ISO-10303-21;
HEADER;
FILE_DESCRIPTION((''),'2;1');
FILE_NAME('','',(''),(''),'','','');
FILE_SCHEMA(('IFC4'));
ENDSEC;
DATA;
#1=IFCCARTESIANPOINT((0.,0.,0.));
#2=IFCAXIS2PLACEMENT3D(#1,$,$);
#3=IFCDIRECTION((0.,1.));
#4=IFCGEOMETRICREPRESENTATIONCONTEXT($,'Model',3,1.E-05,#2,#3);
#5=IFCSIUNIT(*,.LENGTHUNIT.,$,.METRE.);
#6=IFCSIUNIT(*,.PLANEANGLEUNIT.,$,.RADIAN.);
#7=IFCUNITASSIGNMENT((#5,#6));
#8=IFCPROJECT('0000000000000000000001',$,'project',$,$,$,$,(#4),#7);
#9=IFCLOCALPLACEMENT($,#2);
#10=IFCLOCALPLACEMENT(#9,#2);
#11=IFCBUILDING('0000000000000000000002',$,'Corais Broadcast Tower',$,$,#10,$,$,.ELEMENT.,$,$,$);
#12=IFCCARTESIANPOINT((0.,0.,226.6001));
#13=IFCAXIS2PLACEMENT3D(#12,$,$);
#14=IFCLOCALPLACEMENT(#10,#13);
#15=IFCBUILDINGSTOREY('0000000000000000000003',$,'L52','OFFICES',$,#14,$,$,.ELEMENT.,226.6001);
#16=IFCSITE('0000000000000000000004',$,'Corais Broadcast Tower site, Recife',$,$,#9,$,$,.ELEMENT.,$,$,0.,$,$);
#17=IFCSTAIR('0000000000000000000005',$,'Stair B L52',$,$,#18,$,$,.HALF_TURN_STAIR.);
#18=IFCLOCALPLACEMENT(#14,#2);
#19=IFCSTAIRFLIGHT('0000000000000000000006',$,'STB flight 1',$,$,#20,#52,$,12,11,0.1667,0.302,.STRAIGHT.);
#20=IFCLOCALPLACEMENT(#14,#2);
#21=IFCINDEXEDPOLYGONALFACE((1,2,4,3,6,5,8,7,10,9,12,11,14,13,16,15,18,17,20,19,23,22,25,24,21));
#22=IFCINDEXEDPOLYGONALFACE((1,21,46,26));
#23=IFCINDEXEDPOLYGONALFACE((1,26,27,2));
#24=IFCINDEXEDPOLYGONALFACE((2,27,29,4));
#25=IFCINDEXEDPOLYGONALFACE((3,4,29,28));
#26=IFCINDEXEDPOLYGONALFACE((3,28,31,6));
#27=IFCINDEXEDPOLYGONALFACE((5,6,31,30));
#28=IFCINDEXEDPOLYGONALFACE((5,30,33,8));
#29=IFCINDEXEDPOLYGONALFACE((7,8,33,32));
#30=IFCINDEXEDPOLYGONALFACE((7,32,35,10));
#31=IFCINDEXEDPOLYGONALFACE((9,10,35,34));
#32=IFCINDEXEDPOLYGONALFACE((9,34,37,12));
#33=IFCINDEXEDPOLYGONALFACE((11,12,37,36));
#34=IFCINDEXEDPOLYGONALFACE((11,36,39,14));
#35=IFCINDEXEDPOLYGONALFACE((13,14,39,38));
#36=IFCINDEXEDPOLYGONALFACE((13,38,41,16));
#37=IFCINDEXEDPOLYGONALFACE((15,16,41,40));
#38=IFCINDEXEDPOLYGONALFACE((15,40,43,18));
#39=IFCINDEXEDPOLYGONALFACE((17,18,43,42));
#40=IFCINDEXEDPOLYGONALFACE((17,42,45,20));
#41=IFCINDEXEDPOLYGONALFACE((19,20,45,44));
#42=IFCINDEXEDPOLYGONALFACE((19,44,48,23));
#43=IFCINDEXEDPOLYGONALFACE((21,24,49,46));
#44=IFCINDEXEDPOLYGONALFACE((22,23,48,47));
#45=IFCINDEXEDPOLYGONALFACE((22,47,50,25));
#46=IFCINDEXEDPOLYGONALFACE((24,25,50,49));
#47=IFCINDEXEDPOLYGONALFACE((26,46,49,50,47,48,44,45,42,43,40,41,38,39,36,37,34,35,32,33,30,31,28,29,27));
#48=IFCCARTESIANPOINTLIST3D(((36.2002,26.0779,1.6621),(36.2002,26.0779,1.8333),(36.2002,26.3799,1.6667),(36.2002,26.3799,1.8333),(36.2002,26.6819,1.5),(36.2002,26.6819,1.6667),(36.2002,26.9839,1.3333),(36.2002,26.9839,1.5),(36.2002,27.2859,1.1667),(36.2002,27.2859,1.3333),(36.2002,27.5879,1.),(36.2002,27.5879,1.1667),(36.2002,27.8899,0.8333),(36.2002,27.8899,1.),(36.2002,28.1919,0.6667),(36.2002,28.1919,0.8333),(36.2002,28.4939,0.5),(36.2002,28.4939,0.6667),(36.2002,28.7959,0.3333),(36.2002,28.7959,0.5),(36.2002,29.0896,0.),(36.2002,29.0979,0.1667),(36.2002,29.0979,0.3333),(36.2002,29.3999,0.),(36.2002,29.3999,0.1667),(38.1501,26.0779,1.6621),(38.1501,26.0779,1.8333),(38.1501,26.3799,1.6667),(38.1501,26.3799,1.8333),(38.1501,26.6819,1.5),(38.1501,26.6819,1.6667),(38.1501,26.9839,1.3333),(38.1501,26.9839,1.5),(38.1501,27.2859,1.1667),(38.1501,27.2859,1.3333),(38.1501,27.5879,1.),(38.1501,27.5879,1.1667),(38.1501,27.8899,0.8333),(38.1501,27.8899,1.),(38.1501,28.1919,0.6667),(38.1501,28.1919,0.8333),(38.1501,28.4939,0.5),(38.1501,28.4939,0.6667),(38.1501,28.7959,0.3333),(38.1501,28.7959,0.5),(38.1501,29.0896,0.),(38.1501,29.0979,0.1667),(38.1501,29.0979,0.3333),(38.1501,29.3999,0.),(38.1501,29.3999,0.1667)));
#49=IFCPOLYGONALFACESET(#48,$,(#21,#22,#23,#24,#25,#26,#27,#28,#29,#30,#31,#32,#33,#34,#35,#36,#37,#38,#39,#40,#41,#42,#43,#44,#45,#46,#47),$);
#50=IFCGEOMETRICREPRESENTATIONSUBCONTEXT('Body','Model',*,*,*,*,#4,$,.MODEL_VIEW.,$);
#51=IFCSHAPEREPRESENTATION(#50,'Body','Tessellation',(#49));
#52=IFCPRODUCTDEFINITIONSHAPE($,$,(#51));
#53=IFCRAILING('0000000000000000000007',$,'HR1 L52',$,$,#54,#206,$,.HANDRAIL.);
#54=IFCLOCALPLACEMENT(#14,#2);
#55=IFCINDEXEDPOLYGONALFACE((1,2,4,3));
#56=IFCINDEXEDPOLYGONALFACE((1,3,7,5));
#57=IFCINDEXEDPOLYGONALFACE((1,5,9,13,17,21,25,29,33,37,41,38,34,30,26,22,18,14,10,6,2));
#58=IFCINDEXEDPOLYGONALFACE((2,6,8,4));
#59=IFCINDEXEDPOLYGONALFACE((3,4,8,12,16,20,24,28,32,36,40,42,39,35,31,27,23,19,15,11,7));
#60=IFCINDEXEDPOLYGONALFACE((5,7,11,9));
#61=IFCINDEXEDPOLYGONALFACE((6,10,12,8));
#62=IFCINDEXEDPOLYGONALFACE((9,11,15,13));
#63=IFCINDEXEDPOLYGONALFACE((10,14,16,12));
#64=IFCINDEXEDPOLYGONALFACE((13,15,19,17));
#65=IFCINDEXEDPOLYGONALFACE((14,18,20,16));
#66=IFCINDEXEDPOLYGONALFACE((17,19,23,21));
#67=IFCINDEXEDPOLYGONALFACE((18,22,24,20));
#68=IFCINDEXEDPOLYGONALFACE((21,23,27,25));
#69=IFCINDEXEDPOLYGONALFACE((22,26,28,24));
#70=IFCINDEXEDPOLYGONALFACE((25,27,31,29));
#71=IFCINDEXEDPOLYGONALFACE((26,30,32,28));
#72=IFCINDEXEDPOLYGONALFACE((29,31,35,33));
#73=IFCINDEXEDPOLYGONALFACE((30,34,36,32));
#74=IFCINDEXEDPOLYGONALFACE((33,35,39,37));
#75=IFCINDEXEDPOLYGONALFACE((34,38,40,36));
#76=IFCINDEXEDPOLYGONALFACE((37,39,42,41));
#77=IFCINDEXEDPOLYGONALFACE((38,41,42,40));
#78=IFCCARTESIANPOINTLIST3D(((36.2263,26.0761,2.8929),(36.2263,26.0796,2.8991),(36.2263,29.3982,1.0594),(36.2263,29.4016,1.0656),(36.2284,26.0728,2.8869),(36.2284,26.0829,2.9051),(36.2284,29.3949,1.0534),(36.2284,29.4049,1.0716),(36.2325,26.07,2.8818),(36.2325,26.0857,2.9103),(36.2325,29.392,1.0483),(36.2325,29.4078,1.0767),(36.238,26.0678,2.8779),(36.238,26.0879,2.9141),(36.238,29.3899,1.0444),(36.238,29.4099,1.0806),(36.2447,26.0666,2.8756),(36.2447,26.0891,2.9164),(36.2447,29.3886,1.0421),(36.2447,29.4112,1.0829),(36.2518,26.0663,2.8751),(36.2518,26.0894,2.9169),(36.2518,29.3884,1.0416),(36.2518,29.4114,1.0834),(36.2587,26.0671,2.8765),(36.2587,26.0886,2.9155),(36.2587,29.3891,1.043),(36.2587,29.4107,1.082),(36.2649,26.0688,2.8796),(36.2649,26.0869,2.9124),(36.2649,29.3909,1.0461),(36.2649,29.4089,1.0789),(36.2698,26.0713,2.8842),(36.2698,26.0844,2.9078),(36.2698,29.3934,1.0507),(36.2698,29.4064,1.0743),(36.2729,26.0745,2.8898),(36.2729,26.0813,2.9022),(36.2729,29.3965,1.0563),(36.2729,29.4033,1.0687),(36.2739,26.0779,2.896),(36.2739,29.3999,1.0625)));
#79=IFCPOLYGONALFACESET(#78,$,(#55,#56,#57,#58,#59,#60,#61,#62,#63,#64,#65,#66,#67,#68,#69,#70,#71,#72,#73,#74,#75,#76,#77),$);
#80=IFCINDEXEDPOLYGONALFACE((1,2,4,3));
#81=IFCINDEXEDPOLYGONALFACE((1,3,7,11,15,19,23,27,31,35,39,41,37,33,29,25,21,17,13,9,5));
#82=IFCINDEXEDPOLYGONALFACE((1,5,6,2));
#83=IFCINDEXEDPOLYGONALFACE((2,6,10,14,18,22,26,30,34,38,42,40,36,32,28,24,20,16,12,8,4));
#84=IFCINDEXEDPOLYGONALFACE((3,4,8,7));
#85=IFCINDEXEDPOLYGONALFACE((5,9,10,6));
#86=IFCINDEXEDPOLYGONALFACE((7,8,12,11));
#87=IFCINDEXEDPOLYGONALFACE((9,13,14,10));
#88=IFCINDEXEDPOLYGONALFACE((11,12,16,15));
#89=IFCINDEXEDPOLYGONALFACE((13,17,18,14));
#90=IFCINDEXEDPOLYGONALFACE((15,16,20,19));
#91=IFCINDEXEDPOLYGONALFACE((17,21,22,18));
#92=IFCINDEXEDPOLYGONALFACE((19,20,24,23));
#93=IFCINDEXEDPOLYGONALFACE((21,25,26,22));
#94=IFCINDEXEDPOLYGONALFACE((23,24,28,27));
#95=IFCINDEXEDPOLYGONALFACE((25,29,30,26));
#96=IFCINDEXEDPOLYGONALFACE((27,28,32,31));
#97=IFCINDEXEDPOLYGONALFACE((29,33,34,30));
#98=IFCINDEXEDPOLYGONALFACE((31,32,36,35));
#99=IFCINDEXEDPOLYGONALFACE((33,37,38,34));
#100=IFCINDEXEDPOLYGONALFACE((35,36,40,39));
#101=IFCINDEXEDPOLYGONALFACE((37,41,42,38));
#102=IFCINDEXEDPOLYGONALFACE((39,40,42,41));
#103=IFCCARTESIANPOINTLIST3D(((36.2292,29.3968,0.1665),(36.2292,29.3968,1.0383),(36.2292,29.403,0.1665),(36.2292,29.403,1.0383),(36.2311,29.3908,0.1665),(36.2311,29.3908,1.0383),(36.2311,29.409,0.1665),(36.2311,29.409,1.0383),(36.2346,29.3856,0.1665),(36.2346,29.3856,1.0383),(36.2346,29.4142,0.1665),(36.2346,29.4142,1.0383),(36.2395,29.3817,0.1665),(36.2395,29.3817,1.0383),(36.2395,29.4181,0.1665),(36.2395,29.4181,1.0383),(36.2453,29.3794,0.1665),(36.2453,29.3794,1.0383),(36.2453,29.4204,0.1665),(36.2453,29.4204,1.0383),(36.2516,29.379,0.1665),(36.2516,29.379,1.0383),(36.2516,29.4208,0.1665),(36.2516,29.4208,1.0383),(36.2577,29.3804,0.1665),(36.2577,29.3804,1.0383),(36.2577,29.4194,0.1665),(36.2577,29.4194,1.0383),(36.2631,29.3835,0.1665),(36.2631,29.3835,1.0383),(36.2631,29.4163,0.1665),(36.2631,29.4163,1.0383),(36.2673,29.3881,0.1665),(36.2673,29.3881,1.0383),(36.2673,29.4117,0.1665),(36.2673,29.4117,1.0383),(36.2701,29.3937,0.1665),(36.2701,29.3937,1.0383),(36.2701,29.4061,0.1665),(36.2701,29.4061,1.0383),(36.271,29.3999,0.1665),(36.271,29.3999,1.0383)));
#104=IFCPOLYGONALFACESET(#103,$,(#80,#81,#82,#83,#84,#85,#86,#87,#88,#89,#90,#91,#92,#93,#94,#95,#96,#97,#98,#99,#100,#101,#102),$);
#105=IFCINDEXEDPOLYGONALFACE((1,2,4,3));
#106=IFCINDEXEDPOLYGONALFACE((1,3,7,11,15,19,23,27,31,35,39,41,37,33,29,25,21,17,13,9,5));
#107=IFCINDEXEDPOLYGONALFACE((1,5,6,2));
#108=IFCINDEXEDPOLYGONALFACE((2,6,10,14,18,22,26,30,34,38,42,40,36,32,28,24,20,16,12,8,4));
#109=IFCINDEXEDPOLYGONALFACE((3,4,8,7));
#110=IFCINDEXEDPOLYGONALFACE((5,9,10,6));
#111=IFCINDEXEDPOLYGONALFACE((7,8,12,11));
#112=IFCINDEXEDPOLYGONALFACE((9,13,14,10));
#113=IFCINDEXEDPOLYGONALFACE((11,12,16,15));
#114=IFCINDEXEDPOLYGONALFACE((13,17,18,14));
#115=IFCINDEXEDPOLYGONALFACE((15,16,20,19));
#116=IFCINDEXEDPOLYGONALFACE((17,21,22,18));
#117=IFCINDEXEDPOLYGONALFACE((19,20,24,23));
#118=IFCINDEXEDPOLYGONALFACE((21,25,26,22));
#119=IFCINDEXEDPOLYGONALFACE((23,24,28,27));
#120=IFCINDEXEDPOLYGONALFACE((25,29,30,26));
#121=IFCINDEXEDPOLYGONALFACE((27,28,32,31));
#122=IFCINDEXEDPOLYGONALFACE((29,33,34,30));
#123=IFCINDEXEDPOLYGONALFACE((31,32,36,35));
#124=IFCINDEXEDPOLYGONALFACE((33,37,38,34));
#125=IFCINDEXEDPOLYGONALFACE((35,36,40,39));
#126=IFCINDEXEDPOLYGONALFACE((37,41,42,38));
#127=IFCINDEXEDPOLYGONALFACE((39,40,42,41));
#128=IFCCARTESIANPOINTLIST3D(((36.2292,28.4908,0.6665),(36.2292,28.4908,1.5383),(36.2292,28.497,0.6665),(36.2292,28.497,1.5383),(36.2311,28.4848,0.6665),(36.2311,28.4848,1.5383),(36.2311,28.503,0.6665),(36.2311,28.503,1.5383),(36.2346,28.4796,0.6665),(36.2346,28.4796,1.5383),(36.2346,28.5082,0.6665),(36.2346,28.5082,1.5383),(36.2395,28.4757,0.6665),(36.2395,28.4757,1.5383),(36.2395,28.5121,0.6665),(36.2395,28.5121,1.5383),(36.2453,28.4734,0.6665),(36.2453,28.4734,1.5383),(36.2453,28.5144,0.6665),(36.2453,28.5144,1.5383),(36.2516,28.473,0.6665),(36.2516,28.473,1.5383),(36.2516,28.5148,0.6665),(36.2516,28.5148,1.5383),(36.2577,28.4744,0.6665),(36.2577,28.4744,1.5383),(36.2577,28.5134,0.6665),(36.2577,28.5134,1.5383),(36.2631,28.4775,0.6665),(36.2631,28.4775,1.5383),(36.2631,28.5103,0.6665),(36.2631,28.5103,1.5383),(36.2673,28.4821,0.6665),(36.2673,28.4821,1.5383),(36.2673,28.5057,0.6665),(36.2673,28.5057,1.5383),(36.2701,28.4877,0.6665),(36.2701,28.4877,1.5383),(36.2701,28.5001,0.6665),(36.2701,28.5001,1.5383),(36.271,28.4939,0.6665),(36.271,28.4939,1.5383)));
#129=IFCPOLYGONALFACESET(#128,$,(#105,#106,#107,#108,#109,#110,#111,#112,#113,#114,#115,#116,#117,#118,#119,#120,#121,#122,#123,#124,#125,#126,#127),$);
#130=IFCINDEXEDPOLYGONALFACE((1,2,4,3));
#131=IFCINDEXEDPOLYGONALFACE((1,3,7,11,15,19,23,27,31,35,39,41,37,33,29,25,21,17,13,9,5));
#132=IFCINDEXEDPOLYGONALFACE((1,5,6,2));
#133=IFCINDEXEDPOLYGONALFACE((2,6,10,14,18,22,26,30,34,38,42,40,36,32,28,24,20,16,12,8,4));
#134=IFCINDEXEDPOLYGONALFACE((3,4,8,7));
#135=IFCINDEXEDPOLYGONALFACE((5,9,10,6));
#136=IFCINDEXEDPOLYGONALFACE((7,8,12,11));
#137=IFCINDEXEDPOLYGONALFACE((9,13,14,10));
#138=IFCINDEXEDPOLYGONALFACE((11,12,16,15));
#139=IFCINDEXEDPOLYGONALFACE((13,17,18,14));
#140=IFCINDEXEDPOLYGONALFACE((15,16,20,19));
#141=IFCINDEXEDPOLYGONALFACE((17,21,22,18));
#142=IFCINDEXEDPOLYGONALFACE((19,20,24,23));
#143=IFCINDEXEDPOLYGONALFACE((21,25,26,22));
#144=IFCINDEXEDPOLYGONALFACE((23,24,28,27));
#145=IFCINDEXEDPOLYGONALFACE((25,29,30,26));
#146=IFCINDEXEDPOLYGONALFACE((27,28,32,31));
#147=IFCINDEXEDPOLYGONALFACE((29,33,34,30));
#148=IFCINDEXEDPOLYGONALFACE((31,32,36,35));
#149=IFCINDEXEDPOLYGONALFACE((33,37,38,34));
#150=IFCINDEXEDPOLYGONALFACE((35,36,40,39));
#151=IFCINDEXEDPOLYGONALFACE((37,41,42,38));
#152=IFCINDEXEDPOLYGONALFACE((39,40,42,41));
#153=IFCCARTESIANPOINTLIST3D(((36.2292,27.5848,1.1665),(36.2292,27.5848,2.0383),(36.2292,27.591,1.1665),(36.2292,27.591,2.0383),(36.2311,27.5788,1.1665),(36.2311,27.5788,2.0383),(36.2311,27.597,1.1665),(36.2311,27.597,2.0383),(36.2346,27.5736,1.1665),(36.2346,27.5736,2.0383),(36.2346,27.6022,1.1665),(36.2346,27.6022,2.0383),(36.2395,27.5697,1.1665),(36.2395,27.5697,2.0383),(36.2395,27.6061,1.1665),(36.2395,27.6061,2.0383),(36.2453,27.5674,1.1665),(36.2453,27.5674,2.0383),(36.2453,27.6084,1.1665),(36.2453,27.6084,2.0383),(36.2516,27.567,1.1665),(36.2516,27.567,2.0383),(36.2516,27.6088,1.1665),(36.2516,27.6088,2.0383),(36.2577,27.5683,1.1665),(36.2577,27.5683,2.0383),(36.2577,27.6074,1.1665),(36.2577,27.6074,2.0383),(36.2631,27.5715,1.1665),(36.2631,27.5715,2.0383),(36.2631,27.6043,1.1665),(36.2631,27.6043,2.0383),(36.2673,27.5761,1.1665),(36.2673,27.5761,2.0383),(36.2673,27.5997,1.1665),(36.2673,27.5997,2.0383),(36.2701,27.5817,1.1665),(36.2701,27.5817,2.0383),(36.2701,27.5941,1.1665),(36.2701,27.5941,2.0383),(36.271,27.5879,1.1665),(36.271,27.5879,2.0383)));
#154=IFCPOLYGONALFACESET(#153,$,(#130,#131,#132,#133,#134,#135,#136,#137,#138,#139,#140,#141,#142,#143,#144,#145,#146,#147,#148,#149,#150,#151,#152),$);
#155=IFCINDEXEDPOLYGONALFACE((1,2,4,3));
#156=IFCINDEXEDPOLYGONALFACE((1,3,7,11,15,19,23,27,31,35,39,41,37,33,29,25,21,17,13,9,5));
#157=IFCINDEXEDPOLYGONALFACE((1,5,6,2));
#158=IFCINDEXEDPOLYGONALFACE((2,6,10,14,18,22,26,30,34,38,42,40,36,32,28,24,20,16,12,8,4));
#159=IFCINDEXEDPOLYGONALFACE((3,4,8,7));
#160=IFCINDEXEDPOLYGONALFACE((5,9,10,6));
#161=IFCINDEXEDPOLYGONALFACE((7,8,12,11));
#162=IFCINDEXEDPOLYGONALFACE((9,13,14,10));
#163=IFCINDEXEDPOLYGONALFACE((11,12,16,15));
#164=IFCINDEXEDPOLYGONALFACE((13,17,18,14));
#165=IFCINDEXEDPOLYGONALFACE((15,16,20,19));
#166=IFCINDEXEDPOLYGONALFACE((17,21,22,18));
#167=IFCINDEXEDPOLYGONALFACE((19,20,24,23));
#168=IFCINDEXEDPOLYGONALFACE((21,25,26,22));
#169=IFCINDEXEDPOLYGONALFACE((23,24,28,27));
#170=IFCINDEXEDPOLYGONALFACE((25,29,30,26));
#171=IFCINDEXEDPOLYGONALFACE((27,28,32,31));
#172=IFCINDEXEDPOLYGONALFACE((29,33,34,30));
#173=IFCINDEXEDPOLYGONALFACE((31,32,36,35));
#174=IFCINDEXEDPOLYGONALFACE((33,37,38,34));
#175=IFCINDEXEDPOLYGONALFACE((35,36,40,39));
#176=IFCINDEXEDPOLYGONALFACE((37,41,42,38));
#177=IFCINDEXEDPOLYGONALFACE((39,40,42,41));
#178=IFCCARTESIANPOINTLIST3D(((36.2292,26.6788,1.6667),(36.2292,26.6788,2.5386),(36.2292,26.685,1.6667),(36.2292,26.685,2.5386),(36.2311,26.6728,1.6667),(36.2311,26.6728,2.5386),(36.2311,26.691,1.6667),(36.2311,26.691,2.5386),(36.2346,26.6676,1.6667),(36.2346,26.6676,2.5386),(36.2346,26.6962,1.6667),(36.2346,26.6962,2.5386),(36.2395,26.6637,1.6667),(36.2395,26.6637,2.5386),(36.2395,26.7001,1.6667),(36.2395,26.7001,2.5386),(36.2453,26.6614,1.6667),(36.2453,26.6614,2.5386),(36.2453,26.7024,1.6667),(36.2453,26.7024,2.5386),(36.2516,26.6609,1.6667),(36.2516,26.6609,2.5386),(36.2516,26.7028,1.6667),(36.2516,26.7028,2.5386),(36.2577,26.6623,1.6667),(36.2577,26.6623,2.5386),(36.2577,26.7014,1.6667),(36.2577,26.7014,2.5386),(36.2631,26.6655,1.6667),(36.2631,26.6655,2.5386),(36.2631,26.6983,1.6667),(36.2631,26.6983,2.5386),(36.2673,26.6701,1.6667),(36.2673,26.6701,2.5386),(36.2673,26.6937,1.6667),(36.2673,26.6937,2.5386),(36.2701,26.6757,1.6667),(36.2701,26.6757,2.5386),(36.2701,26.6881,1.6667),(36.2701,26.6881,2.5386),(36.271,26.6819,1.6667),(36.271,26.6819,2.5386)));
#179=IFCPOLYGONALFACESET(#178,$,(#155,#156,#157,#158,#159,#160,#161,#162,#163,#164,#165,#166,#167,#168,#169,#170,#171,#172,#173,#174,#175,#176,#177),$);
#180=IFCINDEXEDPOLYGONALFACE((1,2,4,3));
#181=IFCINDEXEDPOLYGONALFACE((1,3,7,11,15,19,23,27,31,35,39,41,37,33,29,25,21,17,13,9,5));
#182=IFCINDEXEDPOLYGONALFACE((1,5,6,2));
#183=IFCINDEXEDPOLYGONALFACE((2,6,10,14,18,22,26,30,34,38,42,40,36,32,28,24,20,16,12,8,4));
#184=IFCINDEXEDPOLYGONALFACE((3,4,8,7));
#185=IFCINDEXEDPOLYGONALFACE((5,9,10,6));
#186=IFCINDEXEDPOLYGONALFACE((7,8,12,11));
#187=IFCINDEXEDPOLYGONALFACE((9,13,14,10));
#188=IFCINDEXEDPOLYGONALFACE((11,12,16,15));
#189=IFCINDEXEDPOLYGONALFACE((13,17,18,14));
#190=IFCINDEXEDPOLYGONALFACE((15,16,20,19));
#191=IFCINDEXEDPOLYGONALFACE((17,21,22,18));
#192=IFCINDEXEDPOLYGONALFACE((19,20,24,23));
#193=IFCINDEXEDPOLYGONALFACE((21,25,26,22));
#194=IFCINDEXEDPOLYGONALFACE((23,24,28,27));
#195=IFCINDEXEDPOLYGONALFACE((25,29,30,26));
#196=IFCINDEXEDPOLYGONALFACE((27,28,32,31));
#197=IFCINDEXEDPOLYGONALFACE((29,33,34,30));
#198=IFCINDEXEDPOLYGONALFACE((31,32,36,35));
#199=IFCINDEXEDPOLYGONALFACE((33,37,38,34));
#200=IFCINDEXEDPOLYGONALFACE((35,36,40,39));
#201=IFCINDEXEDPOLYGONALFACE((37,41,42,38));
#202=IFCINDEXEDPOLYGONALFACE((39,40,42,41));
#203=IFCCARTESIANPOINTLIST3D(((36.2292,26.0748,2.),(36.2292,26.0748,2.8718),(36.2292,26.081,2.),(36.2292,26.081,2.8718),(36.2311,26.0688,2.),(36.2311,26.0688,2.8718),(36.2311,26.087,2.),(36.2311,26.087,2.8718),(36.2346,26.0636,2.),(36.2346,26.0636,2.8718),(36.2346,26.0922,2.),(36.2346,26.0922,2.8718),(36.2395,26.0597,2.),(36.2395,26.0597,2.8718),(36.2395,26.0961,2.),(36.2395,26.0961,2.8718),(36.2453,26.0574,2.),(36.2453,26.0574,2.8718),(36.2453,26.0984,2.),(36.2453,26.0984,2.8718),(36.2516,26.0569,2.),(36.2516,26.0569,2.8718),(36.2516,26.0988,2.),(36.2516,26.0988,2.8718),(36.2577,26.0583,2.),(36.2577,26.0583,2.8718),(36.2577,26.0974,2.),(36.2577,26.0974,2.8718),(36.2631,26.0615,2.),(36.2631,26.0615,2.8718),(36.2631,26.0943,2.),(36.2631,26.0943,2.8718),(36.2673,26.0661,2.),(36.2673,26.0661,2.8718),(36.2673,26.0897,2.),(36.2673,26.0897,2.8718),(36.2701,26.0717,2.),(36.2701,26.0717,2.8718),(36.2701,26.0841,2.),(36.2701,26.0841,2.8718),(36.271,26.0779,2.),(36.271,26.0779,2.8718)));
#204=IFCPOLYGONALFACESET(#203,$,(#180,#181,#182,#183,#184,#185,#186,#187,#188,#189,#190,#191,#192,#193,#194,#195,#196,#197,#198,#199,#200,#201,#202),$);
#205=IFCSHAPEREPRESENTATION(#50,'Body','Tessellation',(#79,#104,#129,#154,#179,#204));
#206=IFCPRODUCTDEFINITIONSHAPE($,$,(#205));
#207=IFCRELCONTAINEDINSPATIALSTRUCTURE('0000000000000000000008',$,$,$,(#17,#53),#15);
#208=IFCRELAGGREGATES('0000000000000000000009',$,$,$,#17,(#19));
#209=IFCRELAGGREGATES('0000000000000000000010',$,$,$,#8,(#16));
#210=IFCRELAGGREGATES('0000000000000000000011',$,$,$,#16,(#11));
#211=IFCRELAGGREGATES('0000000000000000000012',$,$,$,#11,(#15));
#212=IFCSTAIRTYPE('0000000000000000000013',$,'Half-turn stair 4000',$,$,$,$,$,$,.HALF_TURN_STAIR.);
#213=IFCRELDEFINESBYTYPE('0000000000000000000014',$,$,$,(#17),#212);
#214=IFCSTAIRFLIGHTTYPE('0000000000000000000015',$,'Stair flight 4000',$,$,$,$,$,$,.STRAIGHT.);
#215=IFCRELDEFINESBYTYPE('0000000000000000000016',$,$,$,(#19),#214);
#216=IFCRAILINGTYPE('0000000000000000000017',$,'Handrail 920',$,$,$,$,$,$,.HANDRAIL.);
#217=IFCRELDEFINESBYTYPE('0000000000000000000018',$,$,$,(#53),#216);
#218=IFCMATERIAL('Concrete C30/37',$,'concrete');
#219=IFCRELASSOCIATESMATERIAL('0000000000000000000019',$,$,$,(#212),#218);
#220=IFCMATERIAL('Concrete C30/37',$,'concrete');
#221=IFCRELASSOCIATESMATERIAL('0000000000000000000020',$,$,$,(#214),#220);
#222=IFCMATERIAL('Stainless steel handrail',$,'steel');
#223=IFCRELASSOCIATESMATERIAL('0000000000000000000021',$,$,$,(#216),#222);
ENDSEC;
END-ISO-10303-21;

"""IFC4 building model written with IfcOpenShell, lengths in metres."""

from ifc_helpers import new_model, si_unit, direction, frame, origin, origin_2d, place, context, subcontext, project, spatial, polyline, circle, outline, extrude, material, type_object, element, aggregate, save


model = new_model("IFC4")

# Units and contexts
model_context = context("Model", 3, precision=1e-05, world=origin(), true_north=direction((0.0, 1.0)))
body_context = subcontext(model_context, "Body", "Model", "MODEL_VIEW")
ifc_project = project(units=[si_unit("LENGTHUNIT", "METRE"), si_unit("PLANEANGLEUNIT", "RADIAN")], contexts=[model_context])

# Site, building, storey
site_placement = place(None, origin())
site = spatial("IfcSite", under=ifc_project, at=site_placement, Name="Corais Broadcast Tower site, Recife", CompositionType="ELEMENT", RefElevation=0.0)
building_placement = place(site_placement, origin())
building = spatial("IfcBuilding", under=site, at=building_placement, Name="Corais Broadcast Tower", CompositionType="ELEMENT")
storey_placement = place(building_placement, frame((0.0, 0.0, 226.6001)))
storey = spatial("IfcBuildingStorey", under=building, at=storey_placement, Name="L52", Description="OFFICES", CompositionType="ELEMENT", Elevation=226.6001)

# Stair, stair flight
ifc_material_1 = material(Name="Concrete C30/37", Category="concrete")
stair_type = type_object("IfcStairType", Name="Half-turn stair 4000", PredefinedType="HALF_TURN_STAIR", material=ifc_material_1)
stair_placement = place(storey_placement, origin())
stair = element("IfcStair", 1, at=stair_placement, inside=storey, type_object=stair_type, Name="Stair B L52", PredefinedType="HALF_TURN_STAIR")
ifc_material_2 = material(Name="Concrete C30/37", Category="concrete")
stair_flight_type = type_object("IfcStairFlightType", Name="Stair flight 4000", PredefinedType="STRAIGHT", material=ifc_material_2)
stair_flight_placement = place(storey_placement, frame((37.175, 29.3999, 0.0), z_axis=(0.0, 0.0, 1.0), x_axis=(0.0, -1.0, 0.0)))
stair_flight = element("IfcStairFlight", 2, at=stair_flight_placement, type_object=stair_flight_type, Name="STB flight 1", NumberOfRisers=12, NumberOfTreads=11, PredefinedType="STRAIGHT", RiserHeight=0.1667, TreadLength=0.302, context=body_context, shape_type="SweptSolid", body=[
    extrude(outline(polyline([(0.0, 0.0), (0.0, 0.1667), (0.302, 0.1667), (0.302, 0.3333), (0.604, 0.3333), (0.604, 0.5), (0.906, 0.5), (0.906, 0.6667), (1.208, 0.6667), (1.208, 0.8333), (1.51, 0.8333), (1.51, 1.0), (1.812, 1.0), (1.812, 1.1667), (2.114, 1.1667), (2.114, 1.3333), (2.416, 1.3333), (2.416, 1.5), (2.718, 1.5), (2.718, 1.6667), (3.02, 1.6667), (3.02, 1.8333), (3.322, 1.8333), (3.322, 2.0), (3.322, 1.6621), (0.3103, 0.0), (0.0, 0.0)])), frame((0.0, 0.9751, 0.0), z_axis=(0.0, -1.0, 0.0), x_axis=(1.0, 0.0, 0.0)), (0.0, 0.0, 1.0), 1.95),
])
aggregate(stair, [stair_flight])

# Railing
ifc_material_3 = material(Name="Stainless steel handrail", Category="steel")
railing_type = type_object("IfcRailingType", Name="Handrail 920", PredefinedType="HANDRAIL", material=ifc_material_3)
for number, where, name in (
    (3, (36.25, 29.3999, 0.1665), "HR1 L52"),
):
    element("IfcRailing", number, at=place(storey_placement, frame(where)), inside=storey, type_object=railing_type, Name=name, PredefinedType="HANDRAIL", context=body_context, shape_type="SweptSolid", body=[
        extrude(circle(Radius=0.0239, at=origin_2d()), frame((0.0, 0.0, 0.896), z_axis=(0.0, -0.875504, 0.48321), x_axis=(1.0, 0.0, 0.0)), (0.0, 0.0, 1.0), 3.7944),
        extrude(circle(Radius=0.021, at=origin_2d()), origin(), (0.0, 0.0, 1.0), 0.8718),
        extrude(circle(Radius=0.021, at=origin_2d()), frame((0.0, -0.906, 0.5)), (0.0, 0.0, 1.0), 0.8718),
        extrude(circle(Radius=0.021, at=origin_2d()), frame((0.0, -1.812, 1.0)), (0.0, 0.0, 1.0), 0.8718),
        extrude(circle(Radius=0.021, at=origin_2d()), frame((0.0, -2.718, 1.5002)), (0.0, 0.0, 1.0), 0.8718),
        extrude(circle(Radius=0.021, at=origin_2d()), frame((0.0, -3.322, 1.8335)), (0.0, 0.0, 1.0), 0.8718),
    ])

save(model, "model.ifc")
